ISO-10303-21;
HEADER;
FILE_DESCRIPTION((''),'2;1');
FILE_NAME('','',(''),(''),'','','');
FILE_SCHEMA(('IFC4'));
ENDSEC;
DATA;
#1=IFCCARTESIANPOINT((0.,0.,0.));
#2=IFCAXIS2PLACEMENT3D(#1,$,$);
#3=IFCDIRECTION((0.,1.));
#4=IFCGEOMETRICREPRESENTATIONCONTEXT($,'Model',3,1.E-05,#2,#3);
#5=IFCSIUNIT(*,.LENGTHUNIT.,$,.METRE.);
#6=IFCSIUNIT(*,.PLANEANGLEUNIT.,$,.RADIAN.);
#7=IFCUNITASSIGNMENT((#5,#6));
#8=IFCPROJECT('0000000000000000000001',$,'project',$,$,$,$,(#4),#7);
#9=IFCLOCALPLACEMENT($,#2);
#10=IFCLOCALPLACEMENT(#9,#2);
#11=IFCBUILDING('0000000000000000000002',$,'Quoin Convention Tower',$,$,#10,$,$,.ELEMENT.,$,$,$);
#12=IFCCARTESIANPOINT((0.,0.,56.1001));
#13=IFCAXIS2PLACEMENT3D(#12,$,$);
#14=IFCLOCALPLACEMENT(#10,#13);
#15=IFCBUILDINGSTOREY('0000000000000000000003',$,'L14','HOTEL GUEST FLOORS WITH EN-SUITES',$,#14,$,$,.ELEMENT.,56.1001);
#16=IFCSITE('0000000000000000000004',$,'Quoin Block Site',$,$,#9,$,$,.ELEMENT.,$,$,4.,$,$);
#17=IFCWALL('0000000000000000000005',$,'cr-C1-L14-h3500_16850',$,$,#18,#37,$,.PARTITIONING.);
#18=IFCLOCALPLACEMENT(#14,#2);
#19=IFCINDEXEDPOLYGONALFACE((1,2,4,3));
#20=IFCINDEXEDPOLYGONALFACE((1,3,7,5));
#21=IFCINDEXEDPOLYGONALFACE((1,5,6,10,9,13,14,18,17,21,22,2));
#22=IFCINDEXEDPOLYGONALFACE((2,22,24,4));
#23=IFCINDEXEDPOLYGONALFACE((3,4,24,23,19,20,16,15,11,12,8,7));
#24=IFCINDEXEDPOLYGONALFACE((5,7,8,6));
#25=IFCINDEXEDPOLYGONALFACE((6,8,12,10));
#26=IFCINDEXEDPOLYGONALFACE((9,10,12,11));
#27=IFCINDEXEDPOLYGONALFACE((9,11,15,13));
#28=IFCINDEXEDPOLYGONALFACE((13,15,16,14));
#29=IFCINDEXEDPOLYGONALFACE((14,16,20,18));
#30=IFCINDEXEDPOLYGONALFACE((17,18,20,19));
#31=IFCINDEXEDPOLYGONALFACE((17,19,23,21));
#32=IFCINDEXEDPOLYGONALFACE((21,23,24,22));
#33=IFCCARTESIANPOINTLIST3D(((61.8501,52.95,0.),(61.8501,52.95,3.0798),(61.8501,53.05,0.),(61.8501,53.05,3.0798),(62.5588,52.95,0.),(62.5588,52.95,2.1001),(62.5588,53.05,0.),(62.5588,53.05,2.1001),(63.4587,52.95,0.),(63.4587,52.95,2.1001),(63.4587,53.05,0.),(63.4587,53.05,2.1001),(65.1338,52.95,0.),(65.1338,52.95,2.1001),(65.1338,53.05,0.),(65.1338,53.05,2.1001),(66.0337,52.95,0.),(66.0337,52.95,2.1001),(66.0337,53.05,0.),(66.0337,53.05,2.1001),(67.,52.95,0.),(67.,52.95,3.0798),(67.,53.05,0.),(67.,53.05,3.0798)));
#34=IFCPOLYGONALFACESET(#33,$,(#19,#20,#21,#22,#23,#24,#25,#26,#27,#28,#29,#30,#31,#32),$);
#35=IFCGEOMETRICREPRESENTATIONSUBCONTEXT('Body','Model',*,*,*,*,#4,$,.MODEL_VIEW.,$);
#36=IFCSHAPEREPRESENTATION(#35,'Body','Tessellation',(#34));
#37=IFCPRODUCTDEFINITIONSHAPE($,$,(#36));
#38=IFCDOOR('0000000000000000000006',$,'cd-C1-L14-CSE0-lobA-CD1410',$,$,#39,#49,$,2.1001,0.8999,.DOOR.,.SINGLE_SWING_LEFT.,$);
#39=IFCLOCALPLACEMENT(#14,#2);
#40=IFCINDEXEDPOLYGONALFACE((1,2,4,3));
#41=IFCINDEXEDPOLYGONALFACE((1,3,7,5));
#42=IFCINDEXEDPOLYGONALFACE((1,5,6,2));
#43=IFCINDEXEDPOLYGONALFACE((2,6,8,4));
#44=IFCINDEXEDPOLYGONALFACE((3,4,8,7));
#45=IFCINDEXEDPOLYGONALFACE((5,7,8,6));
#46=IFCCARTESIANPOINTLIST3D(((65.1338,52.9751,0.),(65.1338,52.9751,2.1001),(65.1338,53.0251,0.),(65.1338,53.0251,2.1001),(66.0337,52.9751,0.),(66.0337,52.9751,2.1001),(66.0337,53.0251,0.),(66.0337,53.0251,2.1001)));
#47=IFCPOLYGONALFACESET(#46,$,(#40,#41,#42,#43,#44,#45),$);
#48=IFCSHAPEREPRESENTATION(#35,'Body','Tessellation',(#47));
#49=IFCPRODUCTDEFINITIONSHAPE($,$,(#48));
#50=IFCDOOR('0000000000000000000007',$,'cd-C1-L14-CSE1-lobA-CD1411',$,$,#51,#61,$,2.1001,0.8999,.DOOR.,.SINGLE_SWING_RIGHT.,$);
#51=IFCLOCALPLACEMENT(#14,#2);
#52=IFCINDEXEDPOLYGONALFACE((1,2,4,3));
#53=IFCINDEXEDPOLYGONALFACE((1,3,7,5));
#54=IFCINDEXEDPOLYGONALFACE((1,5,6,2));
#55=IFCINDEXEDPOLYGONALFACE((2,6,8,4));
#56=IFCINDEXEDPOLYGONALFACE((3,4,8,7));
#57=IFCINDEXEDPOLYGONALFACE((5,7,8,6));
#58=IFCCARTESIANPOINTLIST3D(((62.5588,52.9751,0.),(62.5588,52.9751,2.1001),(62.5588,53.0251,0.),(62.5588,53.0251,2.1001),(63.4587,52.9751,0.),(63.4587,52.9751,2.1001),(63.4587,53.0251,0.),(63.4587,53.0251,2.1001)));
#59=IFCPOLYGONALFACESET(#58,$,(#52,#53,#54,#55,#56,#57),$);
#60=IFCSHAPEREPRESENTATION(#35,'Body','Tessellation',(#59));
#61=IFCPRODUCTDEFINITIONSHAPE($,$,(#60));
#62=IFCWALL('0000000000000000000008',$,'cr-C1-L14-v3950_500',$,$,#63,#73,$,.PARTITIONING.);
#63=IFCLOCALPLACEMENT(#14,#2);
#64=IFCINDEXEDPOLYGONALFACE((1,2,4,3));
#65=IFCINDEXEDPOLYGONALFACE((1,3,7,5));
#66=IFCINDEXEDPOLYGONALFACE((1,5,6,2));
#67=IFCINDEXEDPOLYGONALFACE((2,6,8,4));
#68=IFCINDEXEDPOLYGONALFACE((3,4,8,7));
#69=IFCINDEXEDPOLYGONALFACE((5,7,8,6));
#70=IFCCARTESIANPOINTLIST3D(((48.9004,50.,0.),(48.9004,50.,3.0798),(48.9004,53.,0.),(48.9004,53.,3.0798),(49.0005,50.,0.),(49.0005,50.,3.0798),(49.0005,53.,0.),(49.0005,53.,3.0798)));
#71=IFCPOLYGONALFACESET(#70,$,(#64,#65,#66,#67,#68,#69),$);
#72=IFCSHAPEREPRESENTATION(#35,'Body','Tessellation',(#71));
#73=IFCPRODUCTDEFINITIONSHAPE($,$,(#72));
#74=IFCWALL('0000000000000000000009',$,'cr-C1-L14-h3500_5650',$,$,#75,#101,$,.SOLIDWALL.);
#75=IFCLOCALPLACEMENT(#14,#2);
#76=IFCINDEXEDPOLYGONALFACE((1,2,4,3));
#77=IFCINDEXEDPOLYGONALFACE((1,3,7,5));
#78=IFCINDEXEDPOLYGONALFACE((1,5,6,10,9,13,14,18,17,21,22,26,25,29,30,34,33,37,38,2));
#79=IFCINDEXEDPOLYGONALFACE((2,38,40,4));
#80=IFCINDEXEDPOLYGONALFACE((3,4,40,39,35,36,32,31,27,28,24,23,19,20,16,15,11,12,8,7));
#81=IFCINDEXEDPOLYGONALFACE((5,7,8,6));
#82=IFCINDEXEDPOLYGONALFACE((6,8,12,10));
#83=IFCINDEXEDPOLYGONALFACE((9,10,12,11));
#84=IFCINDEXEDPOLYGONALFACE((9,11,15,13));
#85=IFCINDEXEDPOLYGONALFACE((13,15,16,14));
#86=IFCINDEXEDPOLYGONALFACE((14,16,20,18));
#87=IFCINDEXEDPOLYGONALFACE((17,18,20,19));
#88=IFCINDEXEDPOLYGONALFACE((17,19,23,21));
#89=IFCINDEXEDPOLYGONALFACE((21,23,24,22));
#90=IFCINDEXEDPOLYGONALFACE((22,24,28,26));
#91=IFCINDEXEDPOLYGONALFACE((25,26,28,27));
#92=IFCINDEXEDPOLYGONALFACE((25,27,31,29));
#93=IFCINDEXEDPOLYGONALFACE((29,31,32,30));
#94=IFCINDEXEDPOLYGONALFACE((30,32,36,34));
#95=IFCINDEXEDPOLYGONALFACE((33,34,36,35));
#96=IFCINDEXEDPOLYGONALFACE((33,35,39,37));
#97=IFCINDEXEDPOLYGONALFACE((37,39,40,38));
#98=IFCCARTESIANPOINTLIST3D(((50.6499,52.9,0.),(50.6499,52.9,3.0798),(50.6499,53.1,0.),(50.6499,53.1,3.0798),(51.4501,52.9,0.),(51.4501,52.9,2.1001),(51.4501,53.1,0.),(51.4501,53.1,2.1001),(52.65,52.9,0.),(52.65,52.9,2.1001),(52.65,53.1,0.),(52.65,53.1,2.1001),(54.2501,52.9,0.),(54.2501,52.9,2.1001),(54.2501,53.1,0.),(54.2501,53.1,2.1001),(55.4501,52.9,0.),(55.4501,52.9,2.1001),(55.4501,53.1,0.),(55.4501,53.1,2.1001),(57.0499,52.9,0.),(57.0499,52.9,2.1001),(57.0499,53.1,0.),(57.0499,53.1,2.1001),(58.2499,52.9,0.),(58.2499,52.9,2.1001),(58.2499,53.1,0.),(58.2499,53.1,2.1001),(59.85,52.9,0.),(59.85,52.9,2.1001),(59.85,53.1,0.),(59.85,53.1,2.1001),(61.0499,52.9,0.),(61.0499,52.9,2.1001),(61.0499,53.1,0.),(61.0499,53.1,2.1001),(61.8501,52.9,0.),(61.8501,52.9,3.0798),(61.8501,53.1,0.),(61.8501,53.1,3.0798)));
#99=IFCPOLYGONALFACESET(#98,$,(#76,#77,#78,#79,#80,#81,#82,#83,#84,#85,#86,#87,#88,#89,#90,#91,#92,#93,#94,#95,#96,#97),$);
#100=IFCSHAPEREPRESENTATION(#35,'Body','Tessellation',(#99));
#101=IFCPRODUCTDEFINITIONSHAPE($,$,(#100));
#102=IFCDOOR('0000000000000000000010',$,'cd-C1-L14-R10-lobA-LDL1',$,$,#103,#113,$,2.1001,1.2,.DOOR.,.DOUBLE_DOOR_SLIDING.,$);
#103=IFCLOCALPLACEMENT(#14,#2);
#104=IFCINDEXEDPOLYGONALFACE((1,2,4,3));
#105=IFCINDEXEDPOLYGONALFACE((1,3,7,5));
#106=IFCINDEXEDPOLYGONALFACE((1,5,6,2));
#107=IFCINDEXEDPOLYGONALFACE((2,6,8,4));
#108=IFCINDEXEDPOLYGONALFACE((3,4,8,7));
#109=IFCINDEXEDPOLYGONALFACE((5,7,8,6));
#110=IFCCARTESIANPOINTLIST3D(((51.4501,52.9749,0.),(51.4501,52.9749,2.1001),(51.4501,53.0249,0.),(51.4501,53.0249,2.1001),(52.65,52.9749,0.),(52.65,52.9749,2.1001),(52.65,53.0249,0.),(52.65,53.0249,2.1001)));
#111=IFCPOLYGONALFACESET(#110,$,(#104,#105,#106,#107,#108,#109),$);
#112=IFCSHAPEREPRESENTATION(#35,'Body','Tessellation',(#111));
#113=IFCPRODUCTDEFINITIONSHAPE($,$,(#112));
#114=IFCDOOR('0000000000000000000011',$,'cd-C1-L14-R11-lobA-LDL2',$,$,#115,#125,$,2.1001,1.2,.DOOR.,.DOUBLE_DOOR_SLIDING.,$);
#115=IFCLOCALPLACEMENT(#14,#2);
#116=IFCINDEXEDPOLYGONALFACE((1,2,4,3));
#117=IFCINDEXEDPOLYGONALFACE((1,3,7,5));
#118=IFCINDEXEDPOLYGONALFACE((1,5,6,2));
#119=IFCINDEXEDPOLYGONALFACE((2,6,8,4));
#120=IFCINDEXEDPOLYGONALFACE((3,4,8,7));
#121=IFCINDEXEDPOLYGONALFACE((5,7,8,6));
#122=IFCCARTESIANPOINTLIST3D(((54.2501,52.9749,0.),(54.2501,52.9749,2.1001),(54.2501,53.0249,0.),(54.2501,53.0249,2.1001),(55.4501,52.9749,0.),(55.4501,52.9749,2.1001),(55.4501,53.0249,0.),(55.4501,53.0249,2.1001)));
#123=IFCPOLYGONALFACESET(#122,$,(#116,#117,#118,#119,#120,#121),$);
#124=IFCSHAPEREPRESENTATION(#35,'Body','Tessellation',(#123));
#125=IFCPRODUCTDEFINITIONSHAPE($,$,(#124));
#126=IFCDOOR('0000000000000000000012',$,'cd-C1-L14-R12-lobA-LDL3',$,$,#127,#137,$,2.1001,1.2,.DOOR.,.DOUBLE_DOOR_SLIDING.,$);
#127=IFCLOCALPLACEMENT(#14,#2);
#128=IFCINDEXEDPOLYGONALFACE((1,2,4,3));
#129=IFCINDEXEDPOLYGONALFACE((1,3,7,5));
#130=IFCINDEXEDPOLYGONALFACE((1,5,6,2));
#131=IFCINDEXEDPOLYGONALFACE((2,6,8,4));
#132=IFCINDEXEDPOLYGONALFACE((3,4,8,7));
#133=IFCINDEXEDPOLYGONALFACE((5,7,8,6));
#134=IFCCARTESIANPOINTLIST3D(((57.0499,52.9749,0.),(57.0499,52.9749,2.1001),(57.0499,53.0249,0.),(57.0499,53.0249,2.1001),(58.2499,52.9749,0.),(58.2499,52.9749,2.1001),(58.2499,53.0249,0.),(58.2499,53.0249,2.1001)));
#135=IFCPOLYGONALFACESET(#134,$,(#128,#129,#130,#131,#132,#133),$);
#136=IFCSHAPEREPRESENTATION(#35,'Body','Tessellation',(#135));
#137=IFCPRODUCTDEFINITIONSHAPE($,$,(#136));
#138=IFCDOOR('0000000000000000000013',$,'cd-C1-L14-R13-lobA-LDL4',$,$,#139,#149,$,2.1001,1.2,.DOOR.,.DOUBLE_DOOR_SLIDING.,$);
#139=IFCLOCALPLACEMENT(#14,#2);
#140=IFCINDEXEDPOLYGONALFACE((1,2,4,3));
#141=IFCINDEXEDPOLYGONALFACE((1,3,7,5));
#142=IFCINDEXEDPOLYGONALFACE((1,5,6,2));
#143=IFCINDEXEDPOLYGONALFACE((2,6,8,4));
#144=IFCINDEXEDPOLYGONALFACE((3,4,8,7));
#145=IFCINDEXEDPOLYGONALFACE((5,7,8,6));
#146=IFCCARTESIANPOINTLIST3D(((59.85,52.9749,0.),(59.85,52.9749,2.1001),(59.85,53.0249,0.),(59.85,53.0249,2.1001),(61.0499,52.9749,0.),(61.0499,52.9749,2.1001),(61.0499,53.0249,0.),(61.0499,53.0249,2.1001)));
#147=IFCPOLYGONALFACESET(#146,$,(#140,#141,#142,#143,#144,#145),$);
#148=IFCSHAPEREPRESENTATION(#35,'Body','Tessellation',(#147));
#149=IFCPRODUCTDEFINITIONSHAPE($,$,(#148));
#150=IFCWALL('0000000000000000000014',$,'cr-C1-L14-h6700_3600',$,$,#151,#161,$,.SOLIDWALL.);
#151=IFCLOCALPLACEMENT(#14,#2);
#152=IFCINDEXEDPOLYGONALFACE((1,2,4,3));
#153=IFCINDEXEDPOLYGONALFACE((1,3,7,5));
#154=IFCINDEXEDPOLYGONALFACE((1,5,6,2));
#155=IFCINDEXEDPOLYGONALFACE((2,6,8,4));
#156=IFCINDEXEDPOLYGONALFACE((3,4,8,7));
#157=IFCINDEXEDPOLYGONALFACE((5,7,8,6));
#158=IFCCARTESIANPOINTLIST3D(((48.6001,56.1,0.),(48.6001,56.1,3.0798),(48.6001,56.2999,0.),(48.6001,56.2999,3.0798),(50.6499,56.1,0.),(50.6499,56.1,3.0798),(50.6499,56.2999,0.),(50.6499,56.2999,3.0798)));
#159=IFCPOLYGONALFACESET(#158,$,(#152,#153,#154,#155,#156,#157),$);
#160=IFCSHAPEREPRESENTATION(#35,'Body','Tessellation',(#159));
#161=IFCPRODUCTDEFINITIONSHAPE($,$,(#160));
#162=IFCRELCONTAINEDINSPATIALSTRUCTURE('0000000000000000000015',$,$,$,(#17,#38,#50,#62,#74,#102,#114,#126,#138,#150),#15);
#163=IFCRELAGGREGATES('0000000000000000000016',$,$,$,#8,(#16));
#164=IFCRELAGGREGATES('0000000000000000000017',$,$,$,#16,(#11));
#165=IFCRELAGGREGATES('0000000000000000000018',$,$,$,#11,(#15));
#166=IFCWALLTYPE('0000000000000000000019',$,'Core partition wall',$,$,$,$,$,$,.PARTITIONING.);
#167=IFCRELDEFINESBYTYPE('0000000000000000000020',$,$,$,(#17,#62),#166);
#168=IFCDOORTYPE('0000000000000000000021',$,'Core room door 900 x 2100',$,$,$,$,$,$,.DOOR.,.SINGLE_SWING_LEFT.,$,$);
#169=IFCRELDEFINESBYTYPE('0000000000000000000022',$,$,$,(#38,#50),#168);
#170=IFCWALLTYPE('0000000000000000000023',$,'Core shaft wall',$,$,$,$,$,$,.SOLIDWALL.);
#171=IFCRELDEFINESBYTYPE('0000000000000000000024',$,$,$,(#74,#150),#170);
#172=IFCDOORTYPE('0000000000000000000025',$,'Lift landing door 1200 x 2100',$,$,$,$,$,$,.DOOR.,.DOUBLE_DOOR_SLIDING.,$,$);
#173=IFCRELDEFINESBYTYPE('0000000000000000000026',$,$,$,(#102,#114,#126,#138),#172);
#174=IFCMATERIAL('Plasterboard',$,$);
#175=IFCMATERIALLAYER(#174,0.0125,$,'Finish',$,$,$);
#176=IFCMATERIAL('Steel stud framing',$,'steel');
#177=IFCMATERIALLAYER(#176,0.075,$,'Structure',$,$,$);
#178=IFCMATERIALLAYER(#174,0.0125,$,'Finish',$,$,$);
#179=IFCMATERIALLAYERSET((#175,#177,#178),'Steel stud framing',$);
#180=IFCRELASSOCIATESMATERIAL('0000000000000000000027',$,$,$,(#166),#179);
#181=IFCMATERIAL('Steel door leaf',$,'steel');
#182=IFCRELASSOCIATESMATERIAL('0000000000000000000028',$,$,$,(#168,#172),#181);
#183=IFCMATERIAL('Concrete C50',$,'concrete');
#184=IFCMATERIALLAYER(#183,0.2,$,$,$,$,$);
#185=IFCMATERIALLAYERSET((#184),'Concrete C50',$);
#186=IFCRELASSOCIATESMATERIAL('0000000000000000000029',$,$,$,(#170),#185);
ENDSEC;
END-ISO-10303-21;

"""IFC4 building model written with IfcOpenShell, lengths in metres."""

from ifc_helpers import new_model, si_unit, direction, frame, frame_2d, origin, place, context, subcontext, project, spatial, rectangle, extrude, material, layer, layer_set, type_object, element, fill, save


model = new_model("IFC4")

# Units and contexts
model_context = context("Model", 3, precision=1e-05, world=origin(), true_north=direction((0.0, 1.0)))
body_context = subcontext(model_context, "Body", "Model", "MODEL_VIEW")
ifc_project = project(units=[si_unit("LENGTHUNIT", "METRE"), si_unit("PLANEANGLEUNIT", "RADIAN")], contexts=[model_context])

# Site, building, storey
site_placement = place(None, origin())
site = spatial("IfcSite", under=ifc_project, at=site_placement, Name="Quoin Block Site", CompositionType="ELEMENT", RefElevation=4.0)
building_placement = place(site_placement, origin())
building = spatial("IfcBuilding", under=site, at=building_placement, Name="Quoin Convention Tower", CompositionType="ELEMENT")
storey_placement = place(building_placement, frame((0.0, 0.0, 56.1001)))
storey = spatial("IfcBuildingStorey", under=building, at=storey_placement, Name="L14", Description="HOTEL GUEST FLOORS WITH EN-SUITES", CompositionType="ELEMENT", Elevation=56.1001)

# Wall, openings, doors
ifc_material_1 = material(Name="Plasterboard")
ifc_layer_1 = layer(ifc_material_1, 0.0125, Name="Finish")
ifc_material_2 = material(Name="Steel stud framing", Category="steel")
ifc_layer_2 = layer(ifc_material_2, 0.075, Name="Structure")
ifc_layer_3 = layer(ifc_material_1, 0.0125, Name="Finish")
ifc_layer_set_1 = layer_set([ifc_layer_1, ifc_layer_2, ifc_layer_3], Name="Steel stud framing")
wall_type_1 = type_object("IfcWallType", Name="Core partition wall", PredefinedType="PARTITIONING", material=ifc_layer_set_1)
wall_1_placement = place(storey_placement, frame((61.8501, 53.0, 0.0), z_axis=(0.0, 0.0, 1.0), x_axis=(1.0, 0.0, 0.0)))
wall_1 = element("IfcWall", 1, at=wall_1_placement, inside=storey, type_object=wall_type_1, Name="cr-C1-L14-h3500_16850", PredefinedType="PARTITIONING", context=body_context, shape_type="SweptSolid", body=[
    extrude(rectangle(XDim=5.1499, YDim=0.1001, at=frame_2d((2.575, 0.0))), origin(), (0.0, 0.0, 1.0), 3.0798),
])
opening_1_placement = place(wall_1_placement, frame((3.2837, 0.0, 0.0)))
opening_1 = element("IfcOpeningElement", 2, at=opening_1_placement, cuts=wall_1, PredefinedType="OPENING", context=body_context, shape_type="SweptSolid", body=[
    extrude(rectangle(XDim=0.8999, YDim=2.1001, at=frame_2d((0.45, 1.05))), frame((0.0, 0.0601, 0.0), z_axis=(0.0, -1.0, 0.0), x_axis=(1.0, 0.0, 0.0)), (0.0, 0.0, 1.0), 0.1201),
])
opening_2_placement = place(wall_1_placement, frame((0.7087, 0.0, 0.0)))
opening_2 = element("IfcOpeningElement", 3, at=opening_2_placement, cuts=wall_1, PredefinedType="OPENING", context=body_context, shape_type="SweptSolid", body=[
    extrude(rectangle(XDim=0.8999, YDim=2.1001, at=frame_2d((0.45, 1.05))), frame((0.0, 0.0601, 0.0), z_axis=(0.0, -1.0, 0.0), x_axis=(1.0, 0.0, 0.0)), (0.0, 0.0, 1.0), 0.1201),
])
ifc_material_3 = material(Name="Steel door leaf", Category="steel")
door_type_1 = type_object("IfcDoorType", Name="Core room door 900 x 2100", OperationType="SINGLE_SWING_LEFT", PredefinedType="DOOR", material=ifc_material_3)
door_1_placement = place(opening_1_placement, frame((0.8999, 0.0, 0.0), z_axis=(0.0, 0.0, 1.0), x_axis=(-1.0, 0.0, 0.0)))
door_1 = element("IfcDoor", 4, at=door_1_placement, inside=storey, type_object=door_type_1, Name="cd-C1-L14-CSE0-lobA-CD1410", OperationType="SINGLE_SWING_LEFT", OverallHeight=2.1001, OverallWidth=0.8999, PredefinedType="DOOR", context=body_context, shape_type="SweptSolid", body=[
    extrude(rectangle(XDim=0.8999, YDim=2.1001, at=frame_2d((0.45, 1.05))), frame((0.0, 0.0249, 0.0), z_axis=(0.0, -1.0, 0.0), x_axis=(1.0, 0.0, 0.0)), (0.0, 0.0, 1.0), 0.05),
])
fill(opening_1, door_1)
door_2_placement = place(opening_2_placement, frame((0.8999, 0.0, 0.0), z_axis=(0.0, 0.0, 1.0), x_axis=(-1.0, 0.0, 0.0)))
door_2 = element("IfcDoor", 5, at=door_2_placement, inside=storey, type_object=door_type_1, Name="cd-C1-L14-CSE1-lobA-CD1411", OperationType="SINGLE_SWING_RIGHT", OverallHeight=2.1001, OverallWidth=0.8999, PredefinedType="DOOR", context=body_context, shape_type="SweptSolid", body=[
    extrude(rectangle(XDim=0.8999, YDim=2.1001, at=frame_2d((0.45, 1.05))), frame((0.0, 0.0249, 0.0), z_axis=(0.0, -1.0, 0.0), x_axis=(1.0, 0.0, 0.0)), (0.0, 0.0, 1.0), 0.05),
])
fill(opening_2, door_2)

# Wall
wall_2_placement = place(storey_placement, frame((48.9504, 50.0, 0.0), z_axis=(0.0, 0.0, 1.0), x_axis=(0.0, 1.0, 0.0)))
element("IfcWall", 6, at=wall_2_placement, inside=storey, type_object=wall_type_1, Name="cr-C1-L14-v3950_500", PredefinedType="PARTITIONING", context=body_context, shape_type="SweptSolid", body=[
    extrude(rectangle(XDim=3.0, YDim=0.1001, at=frame_2d((1.5, 0.0))), origin(), (0.0, 0.0, 1.0), 3.0798),
])

# Wall, openings, doors
ifc_material_4 = material(Name="Concrete C50", Category="concrete")
ifc_layer_4 = layer(ifc_material_4, 0.2)
ifc_layer_set_2 = layer_set([ifc_layer_4], Name="Concrete C50")
wall_type_2 = type_object("IfcWallType", Name="Core shaft wall", PredefinedType="SOLIDWALL", material=ifc_layer_set_2)
wall_3_placement = place(storey_placement, frame((50.6499, 53.0, 0.0), z_axis=(0.0, 0.0, 1.0), x_axis=(1.0, 0.0, 0.0)))
wall_3 = element("IfcWall", 7, at=wall_3_placement, inside=storey, type_object=wall_type_2, Name="cr-C1-L14-h3500_5650", PredefinedType="SOLIDWALL", context=body_context, shape_type="SweptSolid", body=[
    extrude(rectangle(XDim=11.2002, YDim=0.2, at=frame_2d((5.6001, 0.0))), origin(), (0.0, 0.0, 1.0), 3.0798),
])
opening_3_placement = place(wall_3_placement, frame((0.8, 0.0, 0.0)))
opening_3 = element("IfcOpeningElement", 8, at=opening_3_placement, cuts=wall_3, PredefinedType="OPENING", context=body_context, shape_type="SweptSolid", body=[
    extrude(rectangle(XDim=1.2, YDim=2.1001, at=frame_2d((0.6001, 1.05))), frame((0.0, 0.1099, 0.0), z_axis=(0.0, -1.0, 0.0), x_axis=(1.0, 0.0, 0.0)), (0.0, 0.0, 1.0), 0.22),
])
opening_4_placement = place(wall_3_placement, frame((3.6001, 0.0, 0.0)))
opening_4 = element("IfcOpeningElement", 9, at=opening_4_placement, cuts=wall_3, PredefinedType="OPENING", context=body_context, shape_type="SweptSolid", body=[
    extrude(rectangle(XDim=1.2, YDim=2.1001, at=frame_2d((0.6001, 1.05))), frame((0.0, 0.1099, 0.0), z_axis=(0.0, -1.0, 0.0), x_axis=(1.0, 0.0, 0.0)), (0.0, 0.0, 1.0), 0.22),
])
opening_5_placement = place(wall_3_placement, frame((6.3999, 0.0, 0.0)))
opening_5 = element("IfcOpeningElement", 10, at=opening_5_placement, cuts=wall_3, PredefinedType="OPENING", context=body_context, shape_type="SweptSolid", body=[
    extrude(rectangle(XDim=1.2, YDim=2.1001, at=frame_2d((0.6001, 1.05))), frame((0.0, 0.1099, 0.0), z_axis=(0.0, -1.0, 0.0), x_axis=(1.0, 0.0, 0.0)), (0.0, 0.0, 1.0), 0.22),
])
opening_6_placement = place(wall_3_placement, frame((9.2, 0.0, 0.0)))
opening_6 = element("IfcOpeningElement", 11, at=opening_6_placement, cuts=wall_3, PredefinedType="OPENING", context=body_context, shape_type="SweptSolid", body=[
    extrude(rectangle(XDim=1.2, YDim=2.1001, at=frame_2d((0.6001, 1.05))), frame((0.0, 0.1099, 0.0), z_axis=(0.0, -1.0, 0.0), x_axis=(1.0, 0.0, 0.0)), (0.0, 0.0, 1.0), 0.22),
])
door_type_2 = type_object("IfcDoorType", Name="Lift landing door 1200 x 2100", OperationType="DOUBLE_DOOR_SLIDING", PredefinedType="DOOR", material=ifc_material_3)
door_3_placement = place(opening_3_placement, origin())
door_3 = element("IfcDoor", 12, at=door_3_placement, inside=storey, type_object=door_type_2, Name="cd-C1-L14-R10-lobA-LDL1", OperationType="DOUBLE_DOOR_SLIDING", OverallHeight=2.1001, OverallWidth=1.2, PredefinedType="DOOR", context=body_context, shape_type="SweptSolid", body=[
    extrude(rectangle(XDim=1.2, YDim=2.1001, at=frame_2d((0.6001, 1.05))), frame((0.0, 0.0249, 0.0), z_axis=(0.0, -1.0, 0.0), x_axis=(1.0, 0.0, 0.0)), (0.0, 0.0, 1.0), 0.05),
])
fill(opening_3, door_3)
door_4_placement = place(opening_4_placement, origin())
door_4 = element("IfcDoor", 13, at=door_4_placement, inside=storey, type_object=door_type_2, Name="cd-C1-L14-R11-lobA-LDL2", OperationType="DOUBLE_DOOR_SLIDING", OverallHeight=2.1001, OverallWidth=1.2, PredefinedType="DOOR", context=body_context, shape_type="SweptSolid", body=[
    extrude(rectangle(XDim=1.2, YDim=2.1001, at=frame_2d((0.6001, 1.05))), frame((0.0, 0.0249, 0.0), z_axis=(0.0, -1.0, 0.0), x_axis=(1.0, 0.0, 0.0)), (0.0, 0.0, 1.0), 0.05),
])
fill(opening_4, door_4)
door_5_placement = place(opening_5_placement, origin())
door_5 = element("IfcDoor", 14, at=door_5_placement, inside=storey, type_object=door_type_2, Name="cd-C1-L14-R12-lobA-LDL3", OperationType="DOUBLE_DOOR_SLIDING", OverallHeight=2.1001, OverallWidth=1.2, PredefinedType="DOOR", context=body_context, shape_type="SweptSolid", body=[
    extrude(rectangle(XDim=1.2, YDim=2.1001, at=frame_2d((0.6001, 1.05))), frame((0.0, 0.0249, 0.0), z_axis=(0.0, -1.0, 0.0), x_axis=(1.0, 0.0, 0.0)), (0.0, 0.0, 1.0), 0.05),
])
fill(opening_5, door_5)
door_6_placement = place(opening_6_placement, origin())
door_6 = element("IfcDoor", 15, at=door_6_placement, inside=storey, type_object=door_type_2, Name="cd-C1-L14-R13-lobA-LDL4", OperationType="DOUBLE_DOOR_SLIDING", OverallHeight=2.1001, OverallWidth=1.2, PredefinedType="DOOR", context=body_context, shape_type="SweptSolid", body=[
    extrude(rectangle(XDim=1.2, YDim=2.1001, at=frame_2d((0.6001, 1.05))), frame((0.0, 0.0249, 0.0), z_axis=(0.0, -1.0, 0.0), x_axis=(1.0, 0.0, 0.0)), (0.0, 0.0, 1.0), 0.05),
])
fill(opening_6, door_6)

# Wall
wall_4_placement = place(storey_placement, frame((48.6001, 56.2, 0.0), z_axis=(0.0, 0.0, 1.0), x_axis=(1.0, 0.0, 0.0)))
element("IfcWall", 16, at=wall_4_placement, inside=storey, type_object=wall_type_2, Name="cr-C1-L14-h6700_3600", PredefinedType="SOLIDWALL", context=body_context, shape_type="SweptSolid", body=[
    extrude(rectangle(XDim=2.0498, YDim=0.2, at=frame_2d((1.0249, 0.0))), origin(), (0.0, 0.0, 1.0), 3.0798),
])

save(model, "model.ifc")
